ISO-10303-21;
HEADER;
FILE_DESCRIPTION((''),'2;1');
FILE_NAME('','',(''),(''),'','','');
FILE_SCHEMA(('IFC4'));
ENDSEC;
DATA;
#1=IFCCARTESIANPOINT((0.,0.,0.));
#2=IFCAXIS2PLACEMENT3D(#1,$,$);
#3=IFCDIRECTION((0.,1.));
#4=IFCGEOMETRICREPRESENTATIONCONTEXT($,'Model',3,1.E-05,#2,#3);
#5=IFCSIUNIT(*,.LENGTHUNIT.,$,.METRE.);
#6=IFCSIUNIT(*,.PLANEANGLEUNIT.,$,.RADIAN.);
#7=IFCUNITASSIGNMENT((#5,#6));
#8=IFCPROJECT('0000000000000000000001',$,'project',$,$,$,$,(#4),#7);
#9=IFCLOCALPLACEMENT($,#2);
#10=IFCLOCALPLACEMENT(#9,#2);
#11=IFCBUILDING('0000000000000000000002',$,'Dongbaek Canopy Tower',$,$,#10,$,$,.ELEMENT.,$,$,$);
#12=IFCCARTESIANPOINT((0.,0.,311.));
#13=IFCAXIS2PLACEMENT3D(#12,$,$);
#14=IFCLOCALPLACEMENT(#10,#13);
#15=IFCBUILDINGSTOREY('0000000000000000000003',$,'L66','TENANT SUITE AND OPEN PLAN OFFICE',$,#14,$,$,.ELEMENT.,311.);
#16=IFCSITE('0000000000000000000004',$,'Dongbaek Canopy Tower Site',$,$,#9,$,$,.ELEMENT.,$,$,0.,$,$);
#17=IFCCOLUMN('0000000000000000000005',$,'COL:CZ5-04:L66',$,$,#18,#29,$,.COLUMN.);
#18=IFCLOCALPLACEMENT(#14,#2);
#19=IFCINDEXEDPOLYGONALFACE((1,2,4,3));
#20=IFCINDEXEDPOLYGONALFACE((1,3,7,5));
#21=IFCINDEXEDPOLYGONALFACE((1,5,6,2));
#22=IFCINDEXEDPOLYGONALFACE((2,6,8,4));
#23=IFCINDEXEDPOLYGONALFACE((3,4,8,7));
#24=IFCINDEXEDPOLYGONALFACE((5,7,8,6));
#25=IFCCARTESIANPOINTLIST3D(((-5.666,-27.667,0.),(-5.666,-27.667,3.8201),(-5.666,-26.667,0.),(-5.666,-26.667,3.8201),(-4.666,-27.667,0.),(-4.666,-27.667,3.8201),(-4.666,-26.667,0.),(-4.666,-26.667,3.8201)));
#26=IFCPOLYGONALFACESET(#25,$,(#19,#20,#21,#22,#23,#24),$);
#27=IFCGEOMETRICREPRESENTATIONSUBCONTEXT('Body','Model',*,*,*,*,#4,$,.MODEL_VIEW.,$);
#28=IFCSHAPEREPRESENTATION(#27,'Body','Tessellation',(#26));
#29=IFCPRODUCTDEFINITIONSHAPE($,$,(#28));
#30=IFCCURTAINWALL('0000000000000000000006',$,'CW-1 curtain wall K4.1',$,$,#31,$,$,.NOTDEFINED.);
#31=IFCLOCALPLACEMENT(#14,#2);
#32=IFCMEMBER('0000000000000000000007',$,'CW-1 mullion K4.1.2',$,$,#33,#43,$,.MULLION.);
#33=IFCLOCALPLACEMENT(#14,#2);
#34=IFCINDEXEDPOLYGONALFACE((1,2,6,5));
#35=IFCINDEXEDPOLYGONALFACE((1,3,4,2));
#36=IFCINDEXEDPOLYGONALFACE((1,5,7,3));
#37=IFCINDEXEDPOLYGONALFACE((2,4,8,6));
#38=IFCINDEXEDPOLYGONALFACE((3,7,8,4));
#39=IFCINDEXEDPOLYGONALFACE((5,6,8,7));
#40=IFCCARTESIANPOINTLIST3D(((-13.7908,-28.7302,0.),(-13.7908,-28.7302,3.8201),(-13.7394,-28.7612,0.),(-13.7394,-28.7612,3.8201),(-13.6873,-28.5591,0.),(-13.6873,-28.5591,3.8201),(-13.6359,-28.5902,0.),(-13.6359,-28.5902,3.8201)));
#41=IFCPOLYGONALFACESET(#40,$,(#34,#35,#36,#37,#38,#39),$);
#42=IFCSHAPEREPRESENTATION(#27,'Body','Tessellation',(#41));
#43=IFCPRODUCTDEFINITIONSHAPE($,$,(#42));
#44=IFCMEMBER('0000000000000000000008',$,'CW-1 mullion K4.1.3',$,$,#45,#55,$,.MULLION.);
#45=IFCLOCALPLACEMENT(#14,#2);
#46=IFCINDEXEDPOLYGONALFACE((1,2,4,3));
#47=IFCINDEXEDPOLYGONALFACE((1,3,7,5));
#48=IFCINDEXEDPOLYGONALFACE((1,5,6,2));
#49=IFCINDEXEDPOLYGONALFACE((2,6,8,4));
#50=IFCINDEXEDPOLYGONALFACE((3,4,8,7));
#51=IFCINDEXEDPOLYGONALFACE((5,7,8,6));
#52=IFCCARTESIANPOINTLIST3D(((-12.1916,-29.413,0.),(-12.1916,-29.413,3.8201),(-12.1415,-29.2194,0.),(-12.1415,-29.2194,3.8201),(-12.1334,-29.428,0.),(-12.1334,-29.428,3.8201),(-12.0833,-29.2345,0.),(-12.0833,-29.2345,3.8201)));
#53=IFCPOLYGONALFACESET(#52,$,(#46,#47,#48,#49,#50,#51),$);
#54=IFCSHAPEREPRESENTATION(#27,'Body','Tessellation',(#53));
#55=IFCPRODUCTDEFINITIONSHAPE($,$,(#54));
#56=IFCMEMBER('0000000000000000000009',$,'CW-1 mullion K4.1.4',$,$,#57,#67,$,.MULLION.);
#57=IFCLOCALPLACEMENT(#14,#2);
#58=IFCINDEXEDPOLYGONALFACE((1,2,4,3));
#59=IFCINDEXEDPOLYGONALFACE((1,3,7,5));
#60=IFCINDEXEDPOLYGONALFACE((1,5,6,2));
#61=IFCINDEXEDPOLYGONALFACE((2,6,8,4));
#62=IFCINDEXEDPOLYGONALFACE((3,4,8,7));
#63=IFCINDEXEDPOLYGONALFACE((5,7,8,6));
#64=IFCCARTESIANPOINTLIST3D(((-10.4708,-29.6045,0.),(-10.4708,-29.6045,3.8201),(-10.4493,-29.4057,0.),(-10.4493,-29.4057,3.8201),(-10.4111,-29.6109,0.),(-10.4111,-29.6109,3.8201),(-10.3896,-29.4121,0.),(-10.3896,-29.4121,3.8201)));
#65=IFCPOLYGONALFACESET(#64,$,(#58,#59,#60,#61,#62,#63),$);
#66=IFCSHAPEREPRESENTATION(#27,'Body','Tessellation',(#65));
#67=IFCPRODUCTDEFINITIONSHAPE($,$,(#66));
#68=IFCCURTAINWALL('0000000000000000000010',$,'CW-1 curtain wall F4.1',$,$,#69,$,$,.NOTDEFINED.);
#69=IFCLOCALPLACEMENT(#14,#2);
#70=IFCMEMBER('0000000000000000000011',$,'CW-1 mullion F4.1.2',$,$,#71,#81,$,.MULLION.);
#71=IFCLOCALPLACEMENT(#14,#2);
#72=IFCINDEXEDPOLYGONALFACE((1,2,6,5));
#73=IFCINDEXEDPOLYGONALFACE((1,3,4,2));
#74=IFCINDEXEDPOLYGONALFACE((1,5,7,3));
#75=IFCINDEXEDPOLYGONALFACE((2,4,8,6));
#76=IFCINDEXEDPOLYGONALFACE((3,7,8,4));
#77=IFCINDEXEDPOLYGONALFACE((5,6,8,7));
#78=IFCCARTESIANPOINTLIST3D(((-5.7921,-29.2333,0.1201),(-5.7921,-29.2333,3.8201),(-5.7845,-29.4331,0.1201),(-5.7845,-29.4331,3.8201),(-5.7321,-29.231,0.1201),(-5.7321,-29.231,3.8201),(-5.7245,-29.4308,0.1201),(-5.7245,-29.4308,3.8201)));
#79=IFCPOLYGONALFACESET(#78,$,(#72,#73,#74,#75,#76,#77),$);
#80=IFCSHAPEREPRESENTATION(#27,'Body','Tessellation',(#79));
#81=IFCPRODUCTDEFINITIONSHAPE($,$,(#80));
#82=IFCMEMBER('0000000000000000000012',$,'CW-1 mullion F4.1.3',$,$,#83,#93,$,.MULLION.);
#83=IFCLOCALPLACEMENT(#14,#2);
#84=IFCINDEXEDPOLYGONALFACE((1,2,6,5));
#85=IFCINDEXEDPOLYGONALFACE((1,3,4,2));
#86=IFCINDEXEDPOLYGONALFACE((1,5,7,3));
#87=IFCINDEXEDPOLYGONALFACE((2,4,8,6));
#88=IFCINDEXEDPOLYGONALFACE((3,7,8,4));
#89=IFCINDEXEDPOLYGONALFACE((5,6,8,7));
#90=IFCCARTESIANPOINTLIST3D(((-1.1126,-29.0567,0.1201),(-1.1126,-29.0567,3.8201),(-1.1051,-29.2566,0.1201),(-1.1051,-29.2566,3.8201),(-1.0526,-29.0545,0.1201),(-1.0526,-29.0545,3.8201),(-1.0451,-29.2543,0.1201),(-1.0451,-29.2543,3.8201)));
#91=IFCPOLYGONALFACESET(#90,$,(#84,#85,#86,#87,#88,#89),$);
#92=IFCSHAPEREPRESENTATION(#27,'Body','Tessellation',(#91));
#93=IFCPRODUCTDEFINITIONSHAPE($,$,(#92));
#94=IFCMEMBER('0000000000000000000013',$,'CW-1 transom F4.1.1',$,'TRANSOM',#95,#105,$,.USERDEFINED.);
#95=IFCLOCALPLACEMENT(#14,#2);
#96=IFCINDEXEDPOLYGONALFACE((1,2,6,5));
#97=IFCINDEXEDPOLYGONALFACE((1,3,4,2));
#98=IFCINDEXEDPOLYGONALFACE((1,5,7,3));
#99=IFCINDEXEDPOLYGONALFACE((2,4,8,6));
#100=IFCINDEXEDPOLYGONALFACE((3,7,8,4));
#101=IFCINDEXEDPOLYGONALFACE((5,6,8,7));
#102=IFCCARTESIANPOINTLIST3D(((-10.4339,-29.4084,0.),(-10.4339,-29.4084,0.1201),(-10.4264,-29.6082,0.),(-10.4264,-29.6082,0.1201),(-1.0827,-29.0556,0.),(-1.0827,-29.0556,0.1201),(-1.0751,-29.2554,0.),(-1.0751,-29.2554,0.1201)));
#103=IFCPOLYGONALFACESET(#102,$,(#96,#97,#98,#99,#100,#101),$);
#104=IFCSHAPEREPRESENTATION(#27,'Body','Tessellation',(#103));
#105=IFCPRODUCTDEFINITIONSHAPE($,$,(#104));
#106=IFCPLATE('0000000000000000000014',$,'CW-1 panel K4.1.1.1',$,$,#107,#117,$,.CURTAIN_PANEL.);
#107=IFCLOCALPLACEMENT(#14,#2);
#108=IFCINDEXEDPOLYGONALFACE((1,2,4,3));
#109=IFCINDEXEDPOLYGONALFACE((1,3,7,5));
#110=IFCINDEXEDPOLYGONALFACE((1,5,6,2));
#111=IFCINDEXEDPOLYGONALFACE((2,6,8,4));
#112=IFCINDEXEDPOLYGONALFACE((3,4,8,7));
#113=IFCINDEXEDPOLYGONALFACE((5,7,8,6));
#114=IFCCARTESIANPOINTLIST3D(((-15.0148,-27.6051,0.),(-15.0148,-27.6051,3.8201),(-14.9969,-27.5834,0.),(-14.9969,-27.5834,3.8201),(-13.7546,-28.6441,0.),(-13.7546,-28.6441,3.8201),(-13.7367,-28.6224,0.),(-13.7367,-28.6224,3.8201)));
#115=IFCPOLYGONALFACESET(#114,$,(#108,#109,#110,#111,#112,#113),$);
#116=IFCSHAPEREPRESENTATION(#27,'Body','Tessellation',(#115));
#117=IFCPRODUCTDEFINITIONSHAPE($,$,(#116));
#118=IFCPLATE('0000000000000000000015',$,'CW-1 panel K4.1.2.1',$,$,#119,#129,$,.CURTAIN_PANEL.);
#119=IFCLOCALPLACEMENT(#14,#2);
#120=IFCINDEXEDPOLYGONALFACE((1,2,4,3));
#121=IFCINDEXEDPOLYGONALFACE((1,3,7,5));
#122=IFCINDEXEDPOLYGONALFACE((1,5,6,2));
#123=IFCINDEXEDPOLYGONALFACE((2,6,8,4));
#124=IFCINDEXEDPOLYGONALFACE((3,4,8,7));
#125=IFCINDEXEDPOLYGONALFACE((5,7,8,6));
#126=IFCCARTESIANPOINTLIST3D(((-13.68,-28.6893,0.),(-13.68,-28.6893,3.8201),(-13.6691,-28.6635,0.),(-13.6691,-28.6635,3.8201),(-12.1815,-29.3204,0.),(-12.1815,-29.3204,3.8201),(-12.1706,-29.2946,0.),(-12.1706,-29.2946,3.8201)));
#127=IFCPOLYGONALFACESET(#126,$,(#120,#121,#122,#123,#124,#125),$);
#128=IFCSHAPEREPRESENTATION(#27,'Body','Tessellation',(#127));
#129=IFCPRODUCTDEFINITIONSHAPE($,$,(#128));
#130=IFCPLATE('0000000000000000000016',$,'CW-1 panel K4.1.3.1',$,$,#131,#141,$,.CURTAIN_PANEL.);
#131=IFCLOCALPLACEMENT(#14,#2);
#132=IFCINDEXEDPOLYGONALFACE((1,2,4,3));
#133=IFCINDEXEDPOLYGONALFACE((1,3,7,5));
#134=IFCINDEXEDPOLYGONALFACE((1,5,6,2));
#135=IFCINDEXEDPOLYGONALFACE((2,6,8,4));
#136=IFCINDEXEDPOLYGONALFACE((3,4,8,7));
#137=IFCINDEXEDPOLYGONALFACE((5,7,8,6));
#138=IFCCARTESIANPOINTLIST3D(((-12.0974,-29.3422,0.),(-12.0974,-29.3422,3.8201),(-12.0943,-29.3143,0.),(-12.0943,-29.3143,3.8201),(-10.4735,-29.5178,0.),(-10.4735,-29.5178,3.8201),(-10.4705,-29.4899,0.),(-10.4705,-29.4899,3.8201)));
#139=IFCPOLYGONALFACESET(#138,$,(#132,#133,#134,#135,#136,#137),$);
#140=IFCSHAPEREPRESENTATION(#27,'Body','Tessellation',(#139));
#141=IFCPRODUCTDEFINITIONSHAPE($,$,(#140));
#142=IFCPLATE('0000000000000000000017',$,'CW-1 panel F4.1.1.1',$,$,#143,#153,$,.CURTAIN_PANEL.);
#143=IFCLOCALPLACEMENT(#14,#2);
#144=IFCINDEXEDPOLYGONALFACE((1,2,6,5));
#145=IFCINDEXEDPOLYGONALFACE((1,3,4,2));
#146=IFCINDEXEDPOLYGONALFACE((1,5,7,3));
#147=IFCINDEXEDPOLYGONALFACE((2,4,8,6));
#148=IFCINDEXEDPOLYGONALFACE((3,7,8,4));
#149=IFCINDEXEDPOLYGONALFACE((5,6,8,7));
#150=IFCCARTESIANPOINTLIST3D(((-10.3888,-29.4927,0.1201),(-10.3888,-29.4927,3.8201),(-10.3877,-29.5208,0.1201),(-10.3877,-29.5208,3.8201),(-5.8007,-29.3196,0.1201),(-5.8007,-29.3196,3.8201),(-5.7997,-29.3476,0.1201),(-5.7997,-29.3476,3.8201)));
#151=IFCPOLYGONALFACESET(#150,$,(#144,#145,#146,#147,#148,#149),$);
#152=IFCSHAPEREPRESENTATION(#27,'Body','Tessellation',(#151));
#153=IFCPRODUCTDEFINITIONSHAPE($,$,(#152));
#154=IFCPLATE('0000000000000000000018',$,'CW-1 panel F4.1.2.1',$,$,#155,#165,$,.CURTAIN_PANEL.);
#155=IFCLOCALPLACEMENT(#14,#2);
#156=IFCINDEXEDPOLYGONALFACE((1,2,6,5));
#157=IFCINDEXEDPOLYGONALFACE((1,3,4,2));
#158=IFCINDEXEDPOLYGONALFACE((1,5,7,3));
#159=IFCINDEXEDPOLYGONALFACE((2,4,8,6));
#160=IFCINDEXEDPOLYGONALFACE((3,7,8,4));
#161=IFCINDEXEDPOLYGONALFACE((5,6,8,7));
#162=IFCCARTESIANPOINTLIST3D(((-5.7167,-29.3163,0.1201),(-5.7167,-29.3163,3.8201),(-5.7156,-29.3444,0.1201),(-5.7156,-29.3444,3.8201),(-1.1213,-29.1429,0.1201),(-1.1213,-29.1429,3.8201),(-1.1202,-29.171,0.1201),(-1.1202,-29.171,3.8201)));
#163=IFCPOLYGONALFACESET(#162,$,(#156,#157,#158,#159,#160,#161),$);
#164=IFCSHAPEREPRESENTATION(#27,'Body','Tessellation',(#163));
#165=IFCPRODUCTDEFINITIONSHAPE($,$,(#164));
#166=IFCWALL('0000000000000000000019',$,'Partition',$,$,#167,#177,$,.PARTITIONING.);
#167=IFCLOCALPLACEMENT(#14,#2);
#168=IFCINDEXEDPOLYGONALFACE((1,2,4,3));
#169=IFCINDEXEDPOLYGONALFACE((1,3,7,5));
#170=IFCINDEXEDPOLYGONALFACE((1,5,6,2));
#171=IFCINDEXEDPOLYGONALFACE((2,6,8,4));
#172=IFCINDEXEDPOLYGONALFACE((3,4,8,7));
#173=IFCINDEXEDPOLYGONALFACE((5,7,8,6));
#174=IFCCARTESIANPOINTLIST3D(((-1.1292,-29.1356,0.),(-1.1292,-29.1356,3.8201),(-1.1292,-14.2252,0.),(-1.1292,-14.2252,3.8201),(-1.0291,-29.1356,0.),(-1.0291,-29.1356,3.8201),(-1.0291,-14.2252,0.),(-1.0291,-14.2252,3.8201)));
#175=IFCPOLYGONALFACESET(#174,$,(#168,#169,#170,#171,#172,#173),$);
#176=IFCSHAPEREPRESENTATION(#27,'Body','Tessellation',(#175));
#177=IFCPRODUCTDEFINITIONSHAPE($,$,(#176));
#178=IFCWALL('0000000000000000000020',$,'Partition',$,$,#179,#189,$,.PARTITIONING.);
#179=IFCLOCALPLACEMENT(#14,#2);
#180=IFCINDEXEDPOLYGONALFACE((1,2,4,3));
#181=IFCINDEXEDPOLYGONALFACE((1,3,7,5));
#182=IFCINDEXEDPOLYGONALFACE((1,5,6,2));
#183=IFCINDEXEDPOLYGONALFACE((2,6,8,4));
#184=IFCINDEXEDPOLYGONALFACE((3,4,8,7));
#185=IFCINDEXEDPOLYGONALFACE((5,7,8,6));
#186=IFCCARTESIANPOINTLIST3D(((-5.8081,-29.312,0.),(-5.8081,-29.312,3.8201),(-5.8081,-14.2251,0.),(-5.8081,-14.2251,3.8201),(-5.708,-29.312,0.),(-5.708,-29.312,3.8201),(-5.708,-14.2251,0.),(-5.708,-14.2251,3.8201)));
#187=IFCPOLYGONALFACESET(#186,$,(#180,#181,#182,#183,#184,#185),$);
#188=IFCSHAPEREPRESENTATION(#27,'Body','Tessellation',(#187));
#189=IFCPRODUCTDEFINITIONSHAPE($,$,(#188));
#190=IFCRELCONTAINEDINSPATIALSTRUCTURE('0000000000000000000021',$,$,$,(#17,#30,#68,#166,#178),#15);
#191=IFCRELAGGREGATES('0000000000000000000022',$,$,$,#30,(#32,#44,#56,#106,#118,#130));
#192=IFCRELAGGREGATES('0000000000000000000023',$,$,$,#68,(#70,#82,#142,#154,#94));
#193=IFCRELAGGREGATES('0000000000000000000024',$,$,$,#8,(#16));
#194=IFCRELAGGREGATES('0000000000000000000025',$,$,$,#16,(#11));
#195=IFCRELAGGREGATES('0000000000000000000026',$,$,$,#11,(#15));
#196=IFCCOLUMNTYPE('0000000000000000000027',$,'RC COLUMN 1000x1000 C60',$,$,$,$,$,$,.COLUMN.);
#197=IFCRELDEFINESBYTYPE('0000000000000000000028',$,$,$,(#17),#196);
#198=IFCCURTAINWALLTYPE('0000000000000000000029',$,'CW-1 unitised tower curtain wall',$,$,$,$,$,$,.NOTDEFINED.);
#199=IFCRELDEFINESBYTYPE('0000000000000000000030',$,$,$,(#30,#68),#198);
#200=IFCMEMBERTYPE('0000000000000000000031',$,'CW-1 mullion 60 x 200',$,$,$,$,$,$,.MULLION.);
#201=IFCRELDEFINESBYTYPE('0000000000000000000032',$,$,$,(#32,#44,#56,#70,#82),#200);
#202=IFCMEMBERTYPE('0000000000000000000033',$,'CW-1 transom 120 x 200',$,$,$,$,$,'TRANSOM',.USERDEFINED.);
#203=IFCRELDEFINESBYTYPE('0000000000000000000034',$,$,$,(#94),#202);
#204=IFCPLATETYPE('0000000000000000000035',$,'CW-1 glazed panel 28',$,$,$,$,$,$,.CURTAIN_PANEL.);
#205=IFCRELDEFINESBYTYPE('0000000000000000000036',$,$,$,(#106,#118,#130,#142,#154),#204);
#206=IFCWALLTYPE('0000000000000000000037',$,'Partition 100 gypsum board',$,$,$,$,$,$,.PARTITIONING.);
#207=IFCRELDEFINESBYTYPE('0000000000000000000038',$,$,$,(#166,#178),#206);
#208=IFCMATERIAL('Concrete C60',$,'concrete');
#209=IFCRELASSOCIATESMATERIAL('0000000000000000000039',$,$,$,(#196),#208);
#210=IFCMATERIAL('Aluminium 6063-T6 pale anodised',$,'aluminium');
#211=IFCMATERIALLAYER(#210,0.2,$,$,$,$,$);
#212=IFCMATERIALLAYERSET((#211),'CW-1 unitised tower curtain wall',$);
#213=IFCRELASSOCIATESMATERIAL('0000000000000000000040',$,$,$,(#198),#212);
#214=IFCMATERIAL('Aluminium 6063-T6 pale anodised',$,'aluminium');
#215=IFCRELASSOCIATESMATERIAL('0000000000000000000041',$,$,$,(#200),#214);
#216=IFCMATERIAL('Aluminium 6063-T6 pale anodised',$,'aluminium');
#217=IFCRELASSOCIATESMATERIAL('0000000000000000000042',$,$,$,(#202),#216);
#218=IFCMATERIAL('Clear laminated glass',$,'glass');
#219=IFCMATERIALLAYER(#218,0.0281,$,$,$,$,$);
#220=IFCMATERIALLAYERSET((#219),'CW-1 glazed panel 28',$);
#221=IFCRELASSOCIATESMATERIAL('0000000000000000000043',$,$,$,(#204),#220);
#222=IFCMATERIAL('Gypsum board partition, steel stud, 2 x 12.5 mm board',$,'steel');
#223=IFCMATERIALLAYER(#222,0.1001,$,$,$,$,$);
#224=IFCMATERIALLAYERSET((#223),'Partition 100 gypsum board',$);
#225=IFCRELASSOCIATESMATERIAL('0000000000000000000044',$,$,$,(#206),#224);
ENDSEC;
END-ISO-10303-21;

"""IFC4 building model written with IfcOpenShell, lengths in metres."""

from ifc_helpers import new_model, si_unit, direction, frame, frame_2d, origin, origin_2d, place, context, subcontext, project, spatial, rectangle, extrude, material, layer, layer_set, material_profile, profile_set, type_object, element, aggregate, save


model = new_model("IFC4")

# Units and contexts
model_context = context("Model", 3, precision=1e-05, world=origin(), true_north=direction((0.0, 1.0)))
body_context = subcontext(model_context, "Body", "Model", "MODEL_VIEW")
ifc_project = project(units=[si_unit("LENGTHUNIT", "METRE"), si_unit("PLANEANGLEUNIT", "RADIAN")], contexts=[model_context])

# Site, building, storey
site_placement = place(None, origin())
site = spatial("IfcSite", under=ifc_project, at=site_placement, Name="Dongbaek Canopy Tower Site", CompositionType="ELEMENT", RefElevation=0.0)
building_placement = place(site_placement, origin())
building = spatial("IfcBuilding", under=site, at=building_placement, Name="Dongbaek Canopy Tower", CompositionType="ELEMENT")
storey_placement = place(building_placement, frame((0.0, 0.0, 311.0)))
storey = spatial("IfcBuildingStorey", under=building, at=storey_placement, Name="L66", Description="TENANT SUITE AND OPEN PLAN OFFICE", CompositionType="ELEMENT", Elevation=311.0)

# Column
ifc_material_1 = material(Name="Concrete C60", Category="concrete")
ifc_material_profile_1 = material_profile(ifc_material_1, rectangle(XDim=1.0, YDim=1.0, at=origin_2d()), Name="RC COLUMN 1000x1000 C60")
ifc_profile_set_1 = profile_set([ifc_material_profile_1], Name="Concrete C60")
column_type = type_object("IfcColumnType", Name="RC COLUMN 1000x1000 C60", PredefinedType="COLUMN", material=ifc_profile_set_1)
column_placement = place(storey_placement, frame((-5.166, -27.167, 0.0), z_axis=(0.0, 0.0, 1.0), x_axis=(1.0, 0.0, 0.0)))
element("IfcColumn", 1, at=column_placement, inside=storey, type_object=column_type, Name="COL:CZ5-04:L66", PredefinedType="COLUMN", context=body_context, shape_type="SweptSolid", body=[
    extrude(rectangle(XDim=1.0, YDim=1.0, at=origin_2d()), origin(), (0.0, 0.0, 1.0), 3.8201),
])

# Curtain walls, members
ifc_material_2 = material(Name="Aluminium 6063-T6 pale anodised", Category="aluminium")
ifc_layer_1 = layer(ifc_material_2, 0.2)
ifc_layer_set_1 = layer_set([ifc_layer_1], Name="CW-1 unitised tower curtain wall")
curtain_wall_type = type_object("IfcCurtainWallType", Name="CW-1 unitised tower curtain wall", PredefinedType="NOTDEFINED", material=ifc_layer_set_1)
curtain_wall_1_placement = place(storey_placement, origin())
curtain_wall_1 = element("IfcCurtainWall", 2, at=curtain_wall_1_placement, inside=storey, type_object=curtain_wall_type, Name="CW-1 curtain wall K4.1", PredefinedType="NOTDEFINED")
ifc_material_3 = material(Name="Aluminium 6063-T6 pale anodised", Category="aluminium")
ifc_material_profile_2 = material_profile(ifc_material_3, rectangle(XDim=0.2, YDim=0.0601, at=origin_2d()), Name="CW-1 mullion 60 x 200")
ifc_profile_set_2 = profile_set([ifc_material_profile_2], Name="Aluminium 6063-T6 pale anodised")
member_type_1 = type_object("IfcMemberType", Name="CW-1 mullion 60 x 200", PredefinedType="MULLION", material=ifc_profile_set_2)
member_1_placement = place(storey_placement, frame((-13.7134, -28.6602, 0.0), z_axis=(0.0, 0.0, 1.0), x_axis=(-0.517606, -0.855619, 0.0)))
member_1 = element("IfcMember", 3, at=member_1_placement, type_object=member_type_1, Name="CW-1 mullion K4.1.2", PredefinedType="MULLION", context=body_context, shape_type="SweptSolid", body=[
    extrude(rectangle(XDim=0.2, YDim=0.0601, at=origin_2d()), origin(), (0.0, 0.0, 1.0), 3.8201),
])
member_2_placement = place(storey_placement, frame((-12.1375, -29.3237, 0.0), z_axis=(0.0, 0.0, 1.0), x_axis=(-0.250469, -0.968125, 0.0)))
member_2 = element("IfcMember", 4, at=member_2_placement, type_object=member_type_1, Name="CW-1 mullion K4.1.3", PredefinedType="MULLION", context=body_context, shape_type="SweptSolid", body=[
    extrude(rectangle(XDim=0.2, YDim=0.0601, at=origin_2d()), origin(), (0.0, 0.0, 1.0), 3.8201),
])
member_3_placement = place(storey_placement, frame((-10.4302, -29.5083, 0.0), z_axis=(0.0, 0.0, 1.0), x_axis=(-0.107514, -0.994204, 0.0)))
member_3 = element("IfcMember", 5, at=member_3_placement, type_object=member_type_1, Name="CW-1 mullion K4.1.4", PredefinedType="MULLION", context=body_context, shape_type="SweptSolid", body=[
    extrude(rectangle(XDim=0.2, YDim=0.0601, at=origin_2d()), origin(), (0.0, 0.0, 1.0), 3.8201),
])
curtain_wall_2_placement = place(storey_placement, origin())
curtain_wall_2 = element("IfcCurtainWall", 6, at=curtain_wall_2_placement, inside=storey, type_object=curtain_wall_type, Name="CW-1 curtain wall F4.1", PredefinedType="NOTDEFINED")
member_4_placement = place(storey_placement, frame((-5.7583, -29.332, 0.1201), z_axis=(0.0, 0.0, 1.0), x_axis=(0.037712, -0.999289, 0.0)))
member_4 = element("IfcMember", 7, at=member_4_placement, type_object=member_type_1, Name="CW-1 mullion F4.1.2", PredefinedType="MULLION", context=body_context, shape_type="SweptSolid", body=[
    extrude(rectangle(XDim=0.2, YDim=0.0601, at=origin_2d()), origin(), (0.0, 0.0, 1.0), 3.7),
])
member_5_placement = place(storey_placement, frame((-1.0789, -29.1555, 0.1201), z_axis=(0.0, 0.0, 1.0), x_axis=(0.037712, -0.999289, 0.0)))
member_5 = element("IfcMember", 8, at=member_5_placement, type_object=member_type_1, Name="CW-1 mullion F4.1.3", PredefinedType="MULLION", context=body_context, shape_type="SweptSolid", body=[
    extrude(rectangle(XDim=0.2, YDim=0.0601, at=origin_2d()), origin(), (0.0, 0.0, 1.0), 3.7),
])
ifc_material_4 = material(Name="Aluminium 6063-T6 pale anodised", Category="aluminium")
ifc_material_profile_3 = material_profile(ifc_material_4, rectangle(XDim=0.2, YDim=0.1201, at=origin_2d()), Name="CW-1 transom 120 x 200")
ifc_profile_set_3 = profile_set([ifc_material_profile_3], Name="Aluminium 6063-T6 pale anodised")
member_type_2 = type_object("IfcMemberType", Name="CW-1 transom 120 x 200", ElementType="TRANSOM", PredefinedType="USERDEFINED", material=ifc_profile_set_3)
member_6_placement = place(storey_placement, frame((-10.4302, -29.5083, 0.0601), z_axis=(0.999289, 0.037699, 0.0), x_axis=(-0.037699, 0.999289, 0.0)))
member_6 = element("IfcMember", 9, at=member_6_placement, type_object=member_type_2, Name="CW-1 transom F4.1.1", ObjectType="TRANSOM", PredefinedType="USERDEFINED", context=body_context, shape_type="SweptSolid", body=[
    extrude(rectangle(XDim=0.2, YDim=0.1201, at=origin_2d()), origin(), (0.0, 0.0, 1.0), 9.3579),
])

# Plates
ifc_material_5 = material(Name="Clear laminated glass", Category="glass")
ifc_layer_2 = layer(ifc_material_5, 0.0281)
ifc_layer_set_2 = layer_set([ifc_layer_2], Name="CW-1 glazed panel 28")
plate_type = type_object("IfcPlateType", Name="CW-1 glazed panel 28", PredefinedType="CURTAIN_PANEL", material=ifc_layer_set_2)
plate_1_placement = place(storey_placement, frame((-14.3757, -28.1138, 0.0), z_axis=(0.0, 0.0, 1.0), x_axis=(0.771568, -0.636147, 0.0)))
plate_1 = element("IfcPlate", 10, at=plate_1_placement, type_object=plate_type, Name="CW-1 panel K4.1.1.1", PredefinedType="CURTAIN_PANEL", context=body_context, shape_type="SweptSolid", body=[
    extrude(rectangle(XDim=1.6333, YDim=0.0281, at=origin_2d()), origin(), (0.0, 0.0, 1.0), 3.8201),
])
plate_2_placement = place(storey_placement, frame((-12.9253, -28.9919, 0.0), z_axis=(0.0, 0.0, 1.0), x_axis=(0.921602, -0.388136, 0.0)))
plate_2 = element("IfcPlate", 11, at=plate_2_placement, type_object=plate_type, Name="CW-1 panel K4.1.2.1", PredefinedType="CURTAIN_PANEL", context=body_context, shape_type="SweptSolid", body=[
    extrude(rectangle(XDim=1.626, YDim=0.0281, at=origin_2d()), origin(), (0.0, 0.0, 1.0), 3.8201),
])
plate_3_placement = place(storey_placement, frame((-11.2839, -29.416, 0.0), z_axis=(0.0, 0.0, 1.0), x_axis=(0.994204, -0.107514, 0.0)))
plate_3 = element("IfcPlate", 12, at=plate_3_placement, type_object=plate_type, Name="CW-1 panel K4.1.3.1", PredefinedType="CURTAIN_PANEL", context=body_context, shape_type="SweptSolid", body=[
    extrude(rectangle(XDim=1.6333, YDim=0.0281, at=origin_2d()), origin(), (0.0, 0.0, 1.0), 3.8201),
])
aggregate(curtain_wall_1, [member_1, member_2, member_3, plate_1, plate_2, plate_3])
plate_4_placement = place(storey_placement, frame((-8.0942, -29.4202, 0.1201), z_axis=(0.0, 0.0, 1.0), x_axis=(0.999289, 0.037712, 0.0)))
plate_4 = element("IfcPlate", 13, at=plate_4_placement, type_object=plate_type, Name="CW-1 panel F4.1.1.1", PredefinedType="CURTAIN_PANEL", context=body_context, shape_type="SweptSolid", body=[
    extrude(rectangle(XDim=4.5913, YDim=0.0281, at=origin_2d()), origin(), (0.0, 0.0, 1.0), 3.7),
])
plate_5_placement = place(storey_placement, frame((-3.4185, -29.2437, 0.1201), z_axis=(0.0, 0.0, 1.0), x_axis=(0.999289, 0.037712, 0.0)))
plate_5 = element("IfcPlate", 14, at=plate_5_placement, type_object=plate_type, Name="CW-1 panel F4.1.2.1", PredefinedType="CURTAIN_PANEL", context=body_context, shape_type="SweptSolid", body=[
    extrude(rectangle(XDim=4.5986, YDim=0.0281, at=origin_2d()), origin(), (0.0, 0.0, 1.0), 3.7),
])

# Walls
ifc_material_6 = material(Name="Gypsum board partition, steel stud, 2 x 12.5 mm board", Category="steel")
ifc_layer_3 = layer(ifc_material_6, 0.1001)
ifc_layer_set_3 = layer_set([ifc_layer_3], Name="Partition 100 gypsum board")
wall_type_1 = type_object("IfcWallType", Name="Partition 100 gypsum board", PredefinedType="PARTITIONING", material=ifc_layer_set_3)
wall_1_placement = place(storey_placement, frame((-1.0791, -29.1355, 0.0), z_axis=(0.0, 0.0, 1.0), x_axis=(0.0, 1.0, 0.0)))
element("IfcWall", 15, at=wall_1_placement, inside=storey, type_object=wall_type_1, Name="Partition", PredefinedType="PARTITIONING", context=body_context, shape_type="SweptSolid", body=[
    extrude(rectangle(XDim=14.9104, YDim=0.1001, at=frame_2d((7.4551, 0.0))), origin(), (0.0, 0.0, 1.0), 3.8201),
])
wall_2_placement = place(storey_placement, frame((-5.7581, -29.312, 0.0), z_axis=(0.0, 0.0, 1.0), x_axis=(0.0, 1.0, 0.0)))
element("IfcWall", 16, at=wall_2_placement, inside=storey, type_object=wall_type_1, Name="Partition", PredefinedType="PARTITIONING", context=body_context, shape_type="SweptSolid", body=[
    extrude(rectangle(XDim=15.0869, YDim=0.1001, at=frame_2d((7.5435, 0.0))), origin(), (0.0, 0.0, 1.0), 3.8201),
])

aggregate(curtain_wall_2, [member_4, member_5, plate_4, plate_5, member_6])

save(model, "model.ifc")
